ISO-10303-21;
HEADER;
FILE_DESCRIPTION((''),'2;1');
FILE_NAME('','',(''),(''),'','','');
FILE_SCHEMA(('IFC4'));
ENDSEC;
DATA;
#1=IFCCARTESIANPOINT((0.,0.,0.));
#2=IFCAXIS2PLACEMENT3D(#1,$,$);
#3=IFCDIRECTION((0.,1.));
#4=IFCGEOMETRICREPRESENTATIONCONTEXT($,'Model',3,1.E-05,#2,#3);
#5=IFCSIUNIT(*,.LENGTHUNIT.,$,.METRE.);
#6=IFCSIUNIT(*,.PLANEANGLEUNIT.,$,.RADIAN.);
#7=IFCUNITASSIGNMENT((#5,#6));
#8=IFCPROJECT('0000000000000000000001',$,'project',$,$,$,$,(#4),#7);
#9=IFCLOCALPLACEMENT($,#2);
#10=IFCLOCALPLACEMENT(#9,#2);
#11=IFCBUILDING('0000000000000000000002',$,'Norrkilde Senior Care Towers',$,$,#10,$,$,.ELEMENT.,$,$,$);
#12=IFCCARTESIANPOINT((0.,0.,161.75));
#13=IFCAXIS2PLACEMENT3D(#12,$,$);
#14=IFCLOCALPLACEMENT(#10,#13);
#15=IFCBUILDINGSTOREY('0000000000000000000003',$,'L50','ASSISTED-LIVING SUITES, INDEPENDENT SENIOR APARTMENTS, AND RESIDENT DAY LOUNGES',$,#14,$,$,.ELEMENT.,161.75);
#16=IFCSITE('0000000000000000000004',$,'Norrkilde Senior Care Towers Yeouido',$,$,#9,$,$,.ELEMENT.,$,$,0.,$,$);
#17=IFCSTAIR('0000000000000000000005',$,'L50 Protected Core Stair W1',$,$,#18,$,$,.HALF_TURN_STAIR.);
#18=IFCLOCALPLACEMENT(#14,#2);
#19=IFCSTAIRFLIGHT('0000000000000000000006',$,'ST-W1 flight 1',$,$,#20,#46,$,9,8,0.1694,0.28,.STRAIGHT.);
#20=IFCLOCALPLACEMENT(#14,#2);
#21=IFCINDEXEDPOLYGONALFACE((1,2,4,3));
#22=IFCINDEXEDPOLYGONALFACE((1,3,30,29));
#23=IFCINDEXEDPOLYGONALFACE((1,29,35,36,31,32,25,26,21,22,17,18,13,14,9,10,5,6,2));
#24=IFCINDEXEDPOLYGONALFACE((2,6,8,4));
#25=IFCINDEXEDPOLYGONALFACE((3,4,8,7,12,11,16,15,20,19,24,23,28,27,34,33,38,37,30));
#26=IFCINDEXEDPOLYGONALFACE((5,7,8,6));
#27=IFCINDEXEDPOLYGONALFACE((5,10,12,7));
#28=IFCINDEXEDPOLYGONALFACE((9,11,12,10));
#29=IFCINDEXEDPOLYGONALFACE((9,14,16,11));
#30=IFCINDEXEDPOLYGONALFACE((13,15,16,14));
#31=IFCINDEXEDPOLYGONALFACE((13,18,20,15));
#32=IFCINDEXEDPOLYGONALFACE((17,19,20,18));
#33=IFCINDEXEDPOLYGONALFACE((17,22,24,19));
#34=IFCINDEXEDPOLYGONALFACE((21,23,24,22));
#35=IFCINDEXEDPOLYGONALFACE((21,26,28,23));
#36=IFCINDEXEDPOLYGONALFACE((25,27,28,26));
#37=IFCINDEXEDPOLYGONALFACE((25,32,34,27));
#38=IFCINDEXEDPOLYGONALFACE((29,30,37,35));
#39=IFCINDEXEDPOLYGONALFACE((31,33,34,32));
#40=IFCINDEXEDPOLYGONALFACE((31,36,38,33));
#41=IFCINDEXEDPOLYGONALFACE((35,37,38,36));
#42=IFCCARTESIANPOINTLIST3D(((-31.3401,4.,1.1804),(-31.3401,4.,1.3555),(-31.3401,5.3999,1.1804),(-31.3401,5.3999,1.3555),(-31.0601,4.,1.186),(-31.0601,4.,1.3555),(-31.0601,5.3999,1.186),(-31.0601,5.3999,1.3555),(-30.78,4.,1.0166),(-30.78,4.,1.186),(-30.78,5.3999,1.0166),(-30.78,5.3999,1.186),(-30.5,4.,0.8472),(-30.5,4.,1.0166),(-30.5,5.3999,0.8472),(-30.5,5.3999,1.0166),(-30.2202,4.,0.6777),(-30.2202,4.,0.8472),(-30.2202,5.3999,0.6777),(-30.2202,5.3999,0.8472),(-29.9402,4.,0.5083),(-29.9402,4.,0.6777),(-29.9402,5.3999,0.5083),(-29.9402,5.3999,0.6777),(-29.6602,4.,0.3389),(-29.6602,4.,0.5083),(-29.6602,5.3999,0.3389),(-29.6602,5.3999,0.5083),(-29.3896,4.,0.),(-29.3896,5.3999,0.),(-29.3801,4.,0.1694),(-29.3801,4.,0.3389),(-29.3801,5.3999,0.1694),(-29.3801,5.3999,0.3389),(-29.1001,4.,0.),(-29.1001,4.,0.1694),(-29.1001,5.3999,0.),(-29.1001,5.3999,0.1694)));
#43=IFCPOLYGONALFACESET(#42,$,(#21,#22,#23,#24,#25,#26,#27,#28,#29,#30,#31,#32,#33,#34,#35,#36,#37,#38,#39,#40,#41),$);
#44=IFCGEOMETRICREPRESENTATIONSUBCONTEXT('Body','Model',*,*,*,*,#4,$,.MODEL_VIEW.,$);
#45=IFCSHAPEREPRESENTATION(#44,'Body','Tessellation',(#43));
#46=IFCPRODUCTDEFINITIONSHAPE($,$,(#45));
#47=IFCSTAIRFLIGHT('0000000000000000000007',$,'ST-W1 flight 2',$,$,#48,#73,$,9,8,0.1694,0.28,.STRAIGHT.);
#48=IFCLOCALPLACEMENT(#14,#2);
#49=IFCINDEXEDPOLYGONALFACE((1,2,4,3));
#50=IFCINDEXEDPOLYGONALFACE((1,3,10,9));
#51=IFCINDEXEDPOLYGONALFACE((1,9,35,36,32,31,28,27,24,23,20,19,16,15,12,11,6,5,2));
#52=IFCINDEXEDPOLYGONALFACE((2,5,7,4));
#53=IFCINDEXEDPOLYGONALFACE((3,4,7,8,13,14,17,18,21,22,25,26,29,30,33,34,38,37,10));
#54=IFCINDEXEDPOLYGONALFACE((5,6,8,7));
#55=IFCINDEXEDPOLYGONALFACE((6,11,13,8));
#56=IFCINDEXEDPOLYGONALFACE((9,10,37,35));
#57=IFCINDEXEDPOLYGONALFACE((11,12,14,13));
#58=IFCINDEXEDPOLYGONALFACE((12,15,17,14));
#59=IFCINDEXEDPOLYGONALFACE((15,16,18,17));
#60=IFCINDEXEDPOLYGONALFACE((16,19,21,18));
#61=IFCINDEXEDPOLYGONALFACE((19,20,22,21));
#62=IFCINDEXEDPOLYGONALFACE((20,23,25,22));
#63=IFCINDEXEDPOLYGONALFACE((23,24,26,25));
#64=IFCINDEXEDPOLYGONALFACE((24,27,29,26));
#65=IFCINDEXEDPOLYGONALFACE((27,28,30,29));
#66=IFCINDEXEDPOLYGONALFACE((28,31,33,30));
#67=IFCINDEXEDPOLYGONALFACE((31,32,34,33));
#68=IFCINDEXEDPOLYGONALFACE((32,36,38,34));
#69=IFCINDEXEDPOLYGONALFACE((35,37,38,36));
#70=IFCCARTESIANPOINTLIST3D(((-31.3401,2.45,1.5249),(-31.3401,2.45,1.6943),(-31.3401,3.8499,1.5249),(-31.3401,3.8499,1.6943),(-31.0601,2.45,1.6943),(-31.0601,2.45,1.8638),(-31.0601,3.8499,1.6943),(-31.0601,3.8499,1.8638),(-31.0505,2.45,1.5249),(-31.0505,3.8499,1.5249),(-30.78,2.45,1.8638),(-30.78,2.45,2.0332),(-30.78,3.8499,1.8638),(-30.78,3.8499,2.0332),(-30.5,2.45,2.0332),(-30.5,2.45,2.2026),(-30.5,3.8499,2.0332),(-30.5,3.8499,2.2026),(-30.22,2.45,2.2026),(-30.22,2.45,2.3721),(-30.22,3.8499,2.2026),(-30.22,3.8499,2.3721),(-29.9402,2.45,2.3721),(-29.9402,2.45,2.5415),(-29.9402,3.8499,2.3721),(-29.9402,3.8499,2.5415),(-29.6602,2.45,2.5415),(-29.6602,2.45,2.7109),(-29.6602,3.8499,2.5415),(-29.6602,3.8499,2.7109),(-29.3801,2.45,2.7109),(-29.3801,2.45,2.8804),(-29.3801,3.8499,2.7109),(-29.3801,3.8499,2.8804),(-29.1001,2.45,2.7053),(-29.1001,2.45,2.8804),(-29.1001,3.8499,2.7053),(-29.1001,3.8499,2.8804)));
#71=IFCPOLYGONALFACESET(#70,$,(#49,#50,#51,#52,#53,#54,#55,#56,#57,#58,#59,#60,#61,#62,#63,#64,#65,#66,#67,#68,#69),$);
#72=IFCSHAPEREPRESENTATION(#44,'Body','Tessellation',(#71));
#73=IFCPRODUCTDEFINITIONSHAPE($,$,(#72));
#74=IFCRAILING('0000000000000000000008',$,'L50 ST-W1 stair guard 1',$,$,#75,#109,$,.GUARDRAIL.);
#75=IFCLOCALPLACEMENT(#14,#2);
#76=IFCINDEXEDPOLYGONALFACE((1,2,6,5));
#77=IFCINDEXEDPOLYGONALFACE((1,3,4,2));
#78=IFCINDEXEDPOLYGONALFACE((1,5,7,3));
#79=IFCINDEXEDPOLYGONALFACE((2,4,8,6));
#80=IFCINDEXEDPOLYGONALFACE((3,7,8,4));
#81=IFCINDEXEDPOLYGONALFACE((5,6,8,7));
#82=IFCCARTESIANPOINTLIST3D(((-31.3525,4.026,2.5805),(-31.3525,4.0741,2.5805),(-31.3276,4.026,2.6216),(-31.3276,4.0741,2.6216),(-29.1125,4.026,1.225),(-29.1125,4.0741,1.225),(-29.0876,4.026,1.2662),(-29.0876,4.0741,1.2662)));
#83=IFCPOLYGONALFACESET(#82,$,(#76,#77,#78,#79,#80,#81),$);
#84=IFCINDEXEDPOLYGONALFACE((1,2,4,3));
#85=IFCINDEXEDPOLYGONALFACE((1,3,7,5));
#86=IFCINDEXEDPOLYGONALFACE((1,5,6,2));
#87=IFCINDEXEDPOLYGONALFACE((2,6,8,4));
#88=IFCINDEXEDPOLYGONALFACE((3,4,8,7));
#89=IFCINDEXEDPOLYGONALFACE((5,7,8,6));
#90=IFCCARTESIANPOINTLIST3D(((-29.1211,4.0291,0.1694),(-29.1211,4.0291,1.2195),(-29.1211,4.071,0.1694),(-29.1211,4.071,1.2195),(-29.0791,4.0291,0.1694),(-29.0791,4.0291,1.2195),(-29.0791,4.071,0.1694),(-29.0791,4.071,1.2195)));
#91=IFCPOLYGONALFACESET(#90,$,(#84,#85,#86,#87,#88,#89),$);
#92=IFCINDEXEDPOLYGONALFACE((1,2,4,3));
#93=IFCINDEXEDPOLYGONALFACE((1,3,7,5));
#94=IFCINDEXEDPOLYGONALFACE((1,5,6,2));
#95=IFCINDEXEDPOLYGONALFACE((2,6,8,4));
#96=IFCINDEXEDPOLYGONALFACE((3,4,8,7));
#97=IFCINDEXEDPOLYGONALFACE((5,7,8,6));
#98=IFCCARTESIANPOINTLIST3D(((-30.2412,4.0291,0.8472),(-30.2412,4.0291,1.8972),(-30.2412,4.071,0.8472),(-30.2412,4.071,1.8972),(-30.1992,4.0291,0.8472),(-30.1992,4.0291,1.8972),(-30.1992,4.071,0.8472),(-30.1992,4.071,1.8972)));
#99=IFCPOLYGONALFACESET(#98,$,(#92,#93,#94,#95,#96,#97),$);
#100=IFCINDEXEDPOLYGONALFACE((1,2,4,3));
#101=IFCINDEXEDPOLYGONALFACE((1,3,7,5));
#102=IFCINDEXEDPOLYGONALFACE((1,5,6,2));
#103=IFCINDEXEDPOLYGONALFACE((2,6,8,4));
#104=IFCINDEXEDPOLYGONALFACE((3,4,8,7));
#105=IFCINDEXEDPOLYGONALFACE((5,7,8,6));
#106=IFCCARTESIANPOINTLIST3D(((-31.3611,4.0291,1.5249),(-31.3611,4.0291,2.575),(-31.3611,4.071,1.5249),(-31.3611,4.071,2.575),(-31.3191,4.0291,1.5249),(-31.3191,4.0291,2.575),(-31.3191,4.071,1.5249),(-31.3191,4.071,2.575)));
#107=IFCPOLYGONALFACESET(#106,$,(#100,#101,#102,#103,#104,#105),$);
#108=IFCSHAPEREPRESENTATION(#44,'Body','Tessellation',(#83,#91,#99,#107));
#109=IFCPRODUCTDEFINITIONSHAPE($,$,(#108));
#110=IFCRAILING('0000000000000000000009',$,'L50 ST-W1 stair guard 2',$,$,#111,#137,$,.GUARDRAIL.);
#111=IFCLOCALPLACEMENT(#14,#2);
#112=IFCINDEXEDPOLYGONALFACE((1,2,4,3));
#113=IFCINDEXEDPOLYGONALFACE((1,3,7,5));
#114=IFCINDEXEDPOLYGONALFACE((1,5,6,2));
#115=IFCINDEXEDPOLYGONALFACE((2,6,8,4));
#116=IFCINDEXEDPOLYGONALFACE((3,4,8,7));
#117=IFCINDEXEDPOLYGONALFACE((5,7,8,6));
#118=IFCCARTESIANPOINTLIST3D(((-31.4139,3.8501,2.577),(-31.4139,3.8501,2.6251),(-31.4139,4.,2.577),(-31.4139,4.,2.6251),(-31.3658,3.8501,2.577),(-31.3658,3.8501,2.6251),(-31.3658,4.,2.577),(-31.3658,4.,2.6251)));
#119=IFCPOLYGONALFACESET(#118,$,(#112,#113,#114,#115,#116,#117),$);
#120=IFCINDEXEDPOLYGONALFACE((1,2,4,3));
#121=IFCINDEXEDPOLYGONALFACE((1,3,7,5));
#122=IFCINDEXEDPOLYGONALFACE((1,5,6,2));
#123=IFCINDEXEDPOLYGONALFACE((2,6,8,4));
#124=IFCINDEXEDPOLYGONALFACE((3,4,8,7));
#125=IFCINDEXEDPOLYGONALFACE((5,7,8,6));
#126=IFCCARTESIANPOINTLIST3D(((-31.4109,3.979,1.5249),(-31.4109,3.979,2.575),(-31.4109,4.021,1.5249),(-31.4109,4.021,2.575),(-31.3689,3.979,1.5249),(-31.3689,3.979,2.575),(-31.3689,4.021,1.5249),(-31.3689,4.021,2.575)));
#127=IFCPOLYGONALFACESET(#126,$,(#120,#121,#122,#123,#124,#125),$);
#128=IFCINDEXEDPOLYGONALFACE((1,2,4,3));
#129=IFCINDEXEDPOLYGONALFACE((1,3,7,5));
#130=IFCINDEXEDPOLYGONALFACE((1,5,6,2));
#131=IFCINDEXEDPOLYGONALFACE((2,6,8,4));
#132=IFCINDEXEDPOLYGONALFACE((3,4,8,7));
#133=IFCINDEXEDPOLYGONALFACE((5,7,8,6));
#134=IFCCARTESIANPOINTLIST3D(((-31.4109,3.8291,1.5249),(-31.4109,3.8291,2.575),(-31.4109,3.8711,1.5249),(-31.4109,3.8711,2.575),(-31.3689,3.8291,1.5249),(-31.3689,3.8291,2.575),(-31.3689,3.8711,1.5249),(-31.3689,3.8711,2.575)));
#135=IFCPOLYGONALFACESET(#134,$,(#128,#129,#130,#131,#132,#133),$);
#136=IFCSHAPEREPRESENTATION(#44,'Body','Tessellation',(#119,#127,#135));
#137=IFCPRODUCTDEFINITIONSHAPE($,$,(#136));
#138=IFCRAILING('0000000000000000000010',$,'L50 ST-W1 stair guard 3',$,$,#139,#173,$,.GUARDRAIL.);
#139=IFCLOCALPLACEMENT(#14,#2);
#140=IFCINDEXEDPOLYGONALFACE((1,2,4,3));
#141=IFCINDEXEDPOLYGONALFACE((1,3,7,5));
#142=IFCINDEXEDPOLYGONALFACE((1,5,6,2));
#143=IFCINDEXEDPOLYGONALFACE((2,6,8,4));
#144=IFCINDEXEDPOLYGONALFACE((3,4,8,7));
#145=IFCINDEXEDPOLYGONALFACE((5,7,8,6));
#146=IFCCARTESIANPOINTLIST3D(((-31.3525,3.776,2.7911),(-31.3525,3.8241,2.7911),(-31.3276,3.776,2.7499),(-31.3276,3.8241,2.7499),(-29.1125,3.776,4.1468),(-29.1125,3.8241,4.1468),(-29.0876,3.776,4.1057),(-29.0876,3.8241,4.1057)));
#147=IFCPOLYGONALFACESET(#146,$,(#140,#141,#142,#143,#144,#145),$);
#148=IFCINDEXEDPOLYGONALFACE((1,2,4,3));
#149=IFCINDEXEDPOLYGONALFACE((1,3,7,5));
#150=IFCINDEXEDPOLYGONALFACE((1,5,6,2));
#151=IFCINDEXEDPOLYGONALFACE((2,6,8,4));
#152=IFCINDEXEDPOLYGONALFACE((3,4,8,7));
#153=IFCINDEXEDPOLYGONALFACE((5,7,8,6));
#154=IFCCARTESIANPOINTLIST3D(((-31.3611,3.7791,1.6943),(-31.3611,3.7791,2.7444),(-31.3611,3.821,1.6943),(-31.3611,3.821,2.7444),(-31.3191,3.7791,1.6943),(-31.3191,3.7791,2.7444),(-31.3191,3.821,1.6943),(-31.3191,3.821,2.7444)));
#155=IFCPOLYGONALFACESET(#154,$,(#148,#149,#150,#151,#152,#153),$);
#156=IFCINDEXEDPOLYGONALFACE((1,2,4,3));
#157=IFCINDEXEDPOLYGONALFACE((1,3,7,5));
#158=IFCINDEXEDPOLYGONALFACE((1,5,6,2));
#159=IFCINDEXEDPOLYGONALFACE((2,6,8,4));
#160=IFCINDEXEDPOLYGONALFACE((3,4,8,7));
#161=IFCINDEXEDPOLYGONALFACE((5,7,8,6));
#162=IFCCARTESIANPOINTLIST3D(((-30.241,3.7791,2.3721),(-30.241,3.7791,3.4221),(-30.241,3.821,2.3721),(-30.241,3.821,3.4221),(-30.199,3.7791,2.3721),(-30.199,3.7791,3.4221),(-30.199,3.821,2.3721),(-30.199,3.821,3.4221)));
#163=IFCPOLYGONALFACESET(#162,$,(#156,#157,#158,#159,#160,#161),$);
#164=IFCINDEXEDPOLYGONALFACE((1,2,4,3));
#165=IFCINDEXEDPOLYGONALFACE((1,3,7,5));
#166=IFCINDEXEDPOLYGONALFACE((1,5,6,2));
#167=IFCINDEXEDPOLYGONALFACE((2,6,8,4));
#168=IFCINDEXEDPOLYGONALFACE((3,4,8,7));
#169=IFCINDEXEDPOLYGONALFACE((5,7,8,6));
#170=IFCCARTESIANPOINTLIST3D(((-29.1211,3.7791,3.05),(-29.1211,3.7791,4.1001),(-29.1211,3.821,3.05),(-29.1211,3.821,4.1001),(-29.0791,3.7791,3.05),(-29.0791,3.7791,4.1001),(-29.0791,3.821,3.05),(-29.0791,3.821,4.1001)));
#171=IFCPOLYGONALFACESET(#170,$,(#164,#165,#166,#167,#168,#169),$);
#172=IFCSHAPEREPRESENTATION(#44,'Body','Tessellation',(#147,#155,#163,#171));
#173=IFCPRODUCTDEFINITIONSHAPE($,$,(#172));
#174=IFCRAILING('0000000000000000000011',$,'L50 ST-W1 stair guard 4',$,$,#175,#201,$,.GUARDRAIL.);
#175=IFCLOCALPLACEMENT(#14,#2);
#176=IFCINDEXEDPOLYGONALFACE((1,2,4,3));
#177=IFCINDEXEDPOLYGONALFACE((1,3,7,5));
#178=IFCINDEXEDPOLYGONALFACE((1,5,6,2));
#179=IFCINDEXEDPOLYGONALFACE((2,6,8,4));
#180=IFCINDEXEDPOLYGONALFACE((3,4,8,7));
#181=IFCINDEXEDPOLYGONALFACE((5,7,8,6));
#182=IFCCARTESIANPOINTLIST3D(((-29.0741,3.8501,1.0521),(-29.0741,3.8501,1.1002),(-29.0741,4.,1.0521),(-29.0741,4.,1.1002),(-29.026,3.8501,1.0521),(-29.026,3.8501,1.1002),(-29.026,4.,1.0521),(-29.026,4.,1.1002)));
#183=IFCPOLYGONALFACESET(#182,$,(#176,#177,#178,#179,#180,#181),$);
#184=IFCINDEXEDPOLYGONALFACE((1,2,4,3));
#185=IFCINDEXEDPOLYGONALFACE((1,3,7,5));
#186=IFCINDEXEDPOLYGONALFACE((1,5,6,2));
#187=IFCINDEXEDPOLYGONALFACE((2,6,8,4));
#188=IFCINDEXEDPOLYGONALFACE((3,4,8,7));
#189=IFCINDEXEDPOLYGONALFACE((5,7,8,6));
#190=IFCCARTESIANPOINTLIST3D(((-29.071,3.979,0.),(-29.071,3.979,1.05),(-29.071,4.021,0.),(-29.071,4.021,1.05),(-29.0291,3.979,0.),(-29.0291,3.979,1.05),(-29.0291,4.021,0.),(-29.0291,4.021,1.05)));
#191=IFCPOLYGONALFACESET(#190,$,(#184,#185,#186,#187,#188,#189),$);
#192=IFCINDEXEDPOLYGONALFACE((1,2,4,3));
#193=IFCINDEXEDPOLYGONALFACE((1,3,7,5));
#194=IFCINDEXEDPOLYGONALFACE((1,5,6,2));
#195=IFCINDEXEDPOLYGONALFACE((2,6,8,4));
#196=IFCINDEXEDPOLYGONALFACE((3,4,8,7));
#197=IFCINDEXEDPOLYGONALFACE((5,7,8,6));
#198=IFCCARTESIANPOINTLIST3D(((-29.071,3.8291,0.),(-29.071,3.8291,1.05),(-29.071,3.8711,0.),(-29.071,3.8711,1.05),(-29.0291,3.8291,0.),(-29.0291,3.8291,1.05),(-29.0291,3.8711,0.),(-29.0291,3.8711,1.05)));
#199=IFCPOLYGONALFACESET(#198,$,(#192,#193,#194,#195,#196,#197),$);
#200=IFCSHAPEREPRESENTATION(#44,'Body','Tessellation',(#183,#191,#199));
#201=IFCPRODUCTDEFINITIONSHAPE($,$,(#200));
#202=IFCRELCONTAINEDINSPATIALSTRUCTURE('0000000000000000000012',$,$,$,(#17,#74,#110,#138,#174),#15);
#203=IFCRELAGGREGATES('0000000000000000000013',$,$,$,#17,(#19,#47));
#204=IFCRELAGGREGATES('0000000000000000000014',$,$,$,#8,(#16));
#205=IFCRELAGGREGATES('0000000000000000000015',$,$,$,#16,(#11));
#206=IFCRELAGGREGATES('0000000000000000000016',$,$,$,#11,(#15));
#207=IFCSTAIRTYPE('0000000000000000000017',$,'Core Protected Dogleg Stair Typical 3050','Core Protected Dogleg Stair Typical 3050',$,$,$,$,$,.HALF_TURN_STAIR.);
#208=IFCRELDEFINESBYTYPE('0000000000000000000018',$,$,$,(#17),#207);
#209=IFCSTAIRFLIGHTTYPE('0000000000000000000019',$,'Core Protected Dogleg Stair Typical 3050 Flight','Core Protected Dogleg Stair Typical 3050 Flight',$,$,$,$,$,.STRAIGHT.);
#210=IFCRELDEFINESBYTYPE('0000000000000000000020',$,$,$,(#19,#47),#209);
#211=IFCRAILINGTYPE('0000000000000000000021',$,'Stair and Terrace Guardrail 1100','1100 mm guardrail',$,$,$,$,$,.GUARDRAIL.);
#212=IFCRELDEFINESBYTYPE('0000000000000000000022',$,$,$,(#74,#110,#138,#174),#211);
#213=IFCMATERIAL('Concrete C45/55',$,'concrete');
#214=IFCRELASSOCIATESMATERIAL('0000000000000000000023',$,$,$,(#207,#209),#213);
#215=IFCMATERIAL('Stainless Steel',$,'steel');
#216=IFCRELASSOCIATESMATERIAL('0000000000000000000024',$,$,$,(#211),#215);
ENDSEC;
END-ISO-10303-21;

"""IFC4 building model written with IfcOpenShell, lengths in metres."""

from ifc_helpers import new_model, si_unit, direction, frame, origin, origin_2d, place, context, subcontext, project, spatial, polyline, rectangle, outline, extrude, material, type_object, element, aggregate, save


model = new_model("IFC4")

# Units and contexts
model_context = context("Model", 3, precision=1e-05, world=origin(), true_north=direction((0.0, 1.0)))
body_context = subcontext(model_context, "Body", "Model", "MODEL_VIEW")
ifc_project = project(units=[si_unit("LENGTHUNIT", "METRE"), si_unit("PLANEANGLEUNIT", "RADIAN")], contexts=[model_context])

# Site, building, storey
site_placement = place(None, origin())
site = spatial("IfcSite", under=ifc_project, at=site_placement, Name="Norrkilde Senior Care Towers Yeouido", CompositionType="ELEMENT", RefElevation=0.0)
building_placement = place(site_placement, origin())
building = spatial("IfcBuilding", under=site, at=building_placement, Name="Norrkilde Senior Care Towers", CompositionType="ELEMENT")
storey_placement = place(building_placement, frame((0.0, 0.0, 161.75)))
storey = spatial("IfcBuildingStorey", under=building, at=storey_placement, Name="L50", Description="ASSISTED-LIVING SUITES, INDEPENDENT SENIOR APARTMENTS, AND RESIDENT DAY LOUNGES", CompositionType="ELEMENT", Elevation=161.75)

# Shared definitions
ifc_material_1 = material(Name="Concrete C45/55", Category="concrete")

# Stair, stair flights
stair_type = type_object("IfcStairType", Name="Core Protected Dogleg Stair Typical 3050", Description="Core Protected Dogleg Stair Typical 3050", PredefinedType="HALF_TURN_STAIR", material=ifc_material_1)
stair_placement = place(storey_placement, origin())
stair = element("IfcStair", 1, at=stair_placement, inside=storey, type_object=stair_type, Name="L50 Protected Core Stair W1", PredefinedType="HALF_TURN_STAIR")
stair_flight_type = type_object("IfcStairFlightType", Name="Core Protected Dogleg Stair Typical 3050 Flight", Description="Core Protected Dogleg Stair Typical 3050 Flight", PredefinedType="STRAIGHT", material=ifc_material_1)
stair_flight_1_placement = place(storey_placement, frame((-29.1001, 4.7, 0.0), z_axis=(0.0, 0.0, 1.0), x_axis=(-1.0, 0.0, 0.0)))
stair_flight_1 = element("IfcStairFlight", 2, at=stair_flight_1_placement, type_object=stair_flight_type, Name="ST-W1 flight 1", NumberOfRisers=9, NumberOfTreads=8, PredefinedType="STRAIGHT", RiserHeight=0.1694, TreadLength=0.28, context=body_context, shape_type="SweptSolid", body=[
    extrude(outline(polyline([(0.0, 0.0), (0.0, 0.1694), (0.28, 0.1694), (0.28, 0.3389), (0.5601, 0.3389), (0.5601, 0.5083), (0.8401, 0.5083), (0.8401, 0.6777), (1.1201, 0.6777), (1.1201, 0.8472), (1.3999, 0.8472), (1.3999, 1.0166), (1.6799, 1.0166), (1.6799, 1.186), (1.96, 1.186), (1.96, 1.3555), (2.24, 1.3555), (2.24, 1.5249), (2.24, 1.1804), (0.2896, 0.0), (0.0, 0.0)])), frame((0.0, 0.7, 0.0), z_axis=(0.0, -1.0, 0.0), x_axis=(1.0, 0.0, 0.0)), (0.0, 0.0, 1.0), 1.3999),
])
stair_flight_2_placement = place(storey_placement, frame((-31.3401, 3.1499, 1.5249), z_axis=(0.0, 0.0, 1.0), x_axis=(1.0, 0.0, 0.0)))
stair_flight_2 = element("IfcStairFlight", 3, at=stair_flight_2_placement, type_object=stair_flight_type, Name="ST-W1 flight 2", NumberOfRisers=9, NumberOfTreads=8, PredefinedType="STRAIGHT", RiserHeight=0.1694, TreadLength=0.28, context=body_context, shape_type="SweptSolid", body=[
    extrude(outline(polyline([(0.0, 0.0), (0.0, 0.1694), (0.28, 0.1694), (0.28, 0.3389), (0.5601, 0.3389), (0.5601, 0.5083), (0.8401, 0.5083), (0.8401, 0.6777), (1.1201, 0.6777), (1.1201, 0.8472), (1.3999, 0.8472), (1.3999, 1.0166), (1.6799, 1.0166), (1.6799, 1.186), (1.96, 1.186), (1.96, 1.3555), (2.24, 1.3555), (2.24, 1.5249), (2.24, 1.1804), (0.2896, 0.0), (0.0, 0.0)])), frame((0.0, 0.7, 0.0), z_axis=(0.0, -1.0, 0.0), x_axis=(1.0, 0.0, 0.0)), (0.0, 0.0, 1.0), 1.3999),
])
aggregate(stair, [stair_flight_1, stair_flight_2])

# Railings
ifc_material_2 = material(Name="Stainless Steel", Category="steel")
railing_type_1 = type_object("IfcRailingType", Name="Stair and Terrace Guardrail 1100", Description="1100 mm guardrail", PredefinedType="GUARDRAIL", material=ifc_material_2)
railing_1_placement = place(storey_placement, frame((-29.1001, 4.05, 0.1694)))
element("IfcRailing", 4, at=railing_1_placement, inside=storey, type_object=railing_type_1, Name="L50 ST-W1 stair guard 1", PredefinedType="GUARDRAIL", context=body_context, shape_type="SweptSolid", body=[
    extrude(rectangle(XDim=0.0481, YDim=0.0481, at=origin_2d()), frame((0.0, 0.0, 1.0762), z_axis=(-0.855553, 0.0, 0.517715), x_axis=(0.0, -1.0, 0.0)), (0.0, 0.0, 1.0), 2.6182),
    extrude(rectangle(XDim=0.042, YDim=0.042, at=origin_2d()), origin(), (0.0, 0.0, 1.0), 1.05),
    extrude(rectangle(XDim=0.042, YDim=0.042, at=origin_2d()), frame((-1.1201, 0.0, 0.6777)), (0.0, 0.0, 1.0), 1.05),
    extrude(rectangle(XDim=0.042, YDim=0.042, at=origin_2d()), frame((-2.24, 0.0, 1.3555)), (0.0, 0.0, 1.0), 1.05),
])
railing_2_placement = place(storey_placement, frame((-31.3899, 4.0, 1.5249)))
element("IfcRailing", 5, at=railing_2_placement, inside=storey, type_object=railing_type_1, Name="L50 ST-W1 stair guard 2", PredefinedType="GUARDRAIL", context=body_context, shape_type="SweptSolid", body=[
    extrude(rectangle(XDim=0.0481, YDim=0.0481, at=origin_2d()), frame((0.0, 0.0, 1.0762), z_axis=(0.0, -1.0, 0.0), x_axis=(1.0, 0.0, 0.0)), (0.0, 0.0, 1.0), 0.1499),
    extrude(rectangle(XDim=0.042, YDim=0.042, at=origin_2d()), origin(), (0.0, 0.0, 1.0), 1.05),
    extrude(rectangle(XDim=0.042, YDim=0.042, at=origin_2d()), frame((0.0, -0.1499, 0.0)), (0.0, 0.0, 1.0), 1.05),
])
railing_3_placement = place(storey_placement, frame((-31.3401, 3.8, 1.6943)))
element("IfcRailing", 6, at=railing_3_placement, inside=storey, type_object=railing_type_1, Name="L50 ST-W1 stair guard 3", PredefinedType="GUARDRAIL", context=body_context, shape_type="SweptSolid", body=[
    extrude(rectangle(XDim=0.0481, YDim=0.0481, at=origin_2d()), frame((0.0, 0.0, 1.0762), z_axis=(0.855512, 0.0, 0.517783), x_axis=(0.0, 1.0, 0.0)), (0.0, 0.0, 1.0), 2.6184),
    extrude(rectangle(XDim=0.042, YDim=0.042, at=origin_2d()), origin(), (0.0, 0.0, 1.0), 1.05),
    extrude(rectangle(XDim=0.042, YDim=0.042, at=origin_2d()), frame((1.1201, 0.0, 0.6777)), (0.0, 0.0, 1.0), 1.05),
    extrude(rectangle(XDim=0.042, YDim=0.042, at=origin_2d()), frame((2.24, 0.0, 1.3557)), (0.0, 0.0, 1.0), 1.05),
])
railing_4_placement = place(storey_placement, frame((-29.05, 4.0, 0.0)))
element("IfcRailing", 7, at=railing_4_placement, inside=storey, type_object=railing_type_1, Name="L50 ST-W1 stair guard 4", PredefinedType="GUARDRAIL", context=body_context, shape_type="SweptSolid", body=[
    extrude(rectangle(XDim=0.0481, YDim=0.0481, at=origin_2d()), frame((0.0, 0.0, 1.0762), z_axis=(0.0, -1.0, 0.0), x_axis=(1.0, 0.0, 0.0)), (0.0, 0.0, 1.0), 0.1499),
    extrude(rectangle(XDim=0.042, YDim=0.042, at=origin_2d()), origin(), (0.0, 0.0, 1.0), 1.05),
    extrude(rectangle(XDim=0.042, YDim=0.042, at=origin_2d()), frame((0.0, -0.1499, 0.0)), (0.0, 0.0, 1.0), 1.05),
])

save(model, "model.ifc")
